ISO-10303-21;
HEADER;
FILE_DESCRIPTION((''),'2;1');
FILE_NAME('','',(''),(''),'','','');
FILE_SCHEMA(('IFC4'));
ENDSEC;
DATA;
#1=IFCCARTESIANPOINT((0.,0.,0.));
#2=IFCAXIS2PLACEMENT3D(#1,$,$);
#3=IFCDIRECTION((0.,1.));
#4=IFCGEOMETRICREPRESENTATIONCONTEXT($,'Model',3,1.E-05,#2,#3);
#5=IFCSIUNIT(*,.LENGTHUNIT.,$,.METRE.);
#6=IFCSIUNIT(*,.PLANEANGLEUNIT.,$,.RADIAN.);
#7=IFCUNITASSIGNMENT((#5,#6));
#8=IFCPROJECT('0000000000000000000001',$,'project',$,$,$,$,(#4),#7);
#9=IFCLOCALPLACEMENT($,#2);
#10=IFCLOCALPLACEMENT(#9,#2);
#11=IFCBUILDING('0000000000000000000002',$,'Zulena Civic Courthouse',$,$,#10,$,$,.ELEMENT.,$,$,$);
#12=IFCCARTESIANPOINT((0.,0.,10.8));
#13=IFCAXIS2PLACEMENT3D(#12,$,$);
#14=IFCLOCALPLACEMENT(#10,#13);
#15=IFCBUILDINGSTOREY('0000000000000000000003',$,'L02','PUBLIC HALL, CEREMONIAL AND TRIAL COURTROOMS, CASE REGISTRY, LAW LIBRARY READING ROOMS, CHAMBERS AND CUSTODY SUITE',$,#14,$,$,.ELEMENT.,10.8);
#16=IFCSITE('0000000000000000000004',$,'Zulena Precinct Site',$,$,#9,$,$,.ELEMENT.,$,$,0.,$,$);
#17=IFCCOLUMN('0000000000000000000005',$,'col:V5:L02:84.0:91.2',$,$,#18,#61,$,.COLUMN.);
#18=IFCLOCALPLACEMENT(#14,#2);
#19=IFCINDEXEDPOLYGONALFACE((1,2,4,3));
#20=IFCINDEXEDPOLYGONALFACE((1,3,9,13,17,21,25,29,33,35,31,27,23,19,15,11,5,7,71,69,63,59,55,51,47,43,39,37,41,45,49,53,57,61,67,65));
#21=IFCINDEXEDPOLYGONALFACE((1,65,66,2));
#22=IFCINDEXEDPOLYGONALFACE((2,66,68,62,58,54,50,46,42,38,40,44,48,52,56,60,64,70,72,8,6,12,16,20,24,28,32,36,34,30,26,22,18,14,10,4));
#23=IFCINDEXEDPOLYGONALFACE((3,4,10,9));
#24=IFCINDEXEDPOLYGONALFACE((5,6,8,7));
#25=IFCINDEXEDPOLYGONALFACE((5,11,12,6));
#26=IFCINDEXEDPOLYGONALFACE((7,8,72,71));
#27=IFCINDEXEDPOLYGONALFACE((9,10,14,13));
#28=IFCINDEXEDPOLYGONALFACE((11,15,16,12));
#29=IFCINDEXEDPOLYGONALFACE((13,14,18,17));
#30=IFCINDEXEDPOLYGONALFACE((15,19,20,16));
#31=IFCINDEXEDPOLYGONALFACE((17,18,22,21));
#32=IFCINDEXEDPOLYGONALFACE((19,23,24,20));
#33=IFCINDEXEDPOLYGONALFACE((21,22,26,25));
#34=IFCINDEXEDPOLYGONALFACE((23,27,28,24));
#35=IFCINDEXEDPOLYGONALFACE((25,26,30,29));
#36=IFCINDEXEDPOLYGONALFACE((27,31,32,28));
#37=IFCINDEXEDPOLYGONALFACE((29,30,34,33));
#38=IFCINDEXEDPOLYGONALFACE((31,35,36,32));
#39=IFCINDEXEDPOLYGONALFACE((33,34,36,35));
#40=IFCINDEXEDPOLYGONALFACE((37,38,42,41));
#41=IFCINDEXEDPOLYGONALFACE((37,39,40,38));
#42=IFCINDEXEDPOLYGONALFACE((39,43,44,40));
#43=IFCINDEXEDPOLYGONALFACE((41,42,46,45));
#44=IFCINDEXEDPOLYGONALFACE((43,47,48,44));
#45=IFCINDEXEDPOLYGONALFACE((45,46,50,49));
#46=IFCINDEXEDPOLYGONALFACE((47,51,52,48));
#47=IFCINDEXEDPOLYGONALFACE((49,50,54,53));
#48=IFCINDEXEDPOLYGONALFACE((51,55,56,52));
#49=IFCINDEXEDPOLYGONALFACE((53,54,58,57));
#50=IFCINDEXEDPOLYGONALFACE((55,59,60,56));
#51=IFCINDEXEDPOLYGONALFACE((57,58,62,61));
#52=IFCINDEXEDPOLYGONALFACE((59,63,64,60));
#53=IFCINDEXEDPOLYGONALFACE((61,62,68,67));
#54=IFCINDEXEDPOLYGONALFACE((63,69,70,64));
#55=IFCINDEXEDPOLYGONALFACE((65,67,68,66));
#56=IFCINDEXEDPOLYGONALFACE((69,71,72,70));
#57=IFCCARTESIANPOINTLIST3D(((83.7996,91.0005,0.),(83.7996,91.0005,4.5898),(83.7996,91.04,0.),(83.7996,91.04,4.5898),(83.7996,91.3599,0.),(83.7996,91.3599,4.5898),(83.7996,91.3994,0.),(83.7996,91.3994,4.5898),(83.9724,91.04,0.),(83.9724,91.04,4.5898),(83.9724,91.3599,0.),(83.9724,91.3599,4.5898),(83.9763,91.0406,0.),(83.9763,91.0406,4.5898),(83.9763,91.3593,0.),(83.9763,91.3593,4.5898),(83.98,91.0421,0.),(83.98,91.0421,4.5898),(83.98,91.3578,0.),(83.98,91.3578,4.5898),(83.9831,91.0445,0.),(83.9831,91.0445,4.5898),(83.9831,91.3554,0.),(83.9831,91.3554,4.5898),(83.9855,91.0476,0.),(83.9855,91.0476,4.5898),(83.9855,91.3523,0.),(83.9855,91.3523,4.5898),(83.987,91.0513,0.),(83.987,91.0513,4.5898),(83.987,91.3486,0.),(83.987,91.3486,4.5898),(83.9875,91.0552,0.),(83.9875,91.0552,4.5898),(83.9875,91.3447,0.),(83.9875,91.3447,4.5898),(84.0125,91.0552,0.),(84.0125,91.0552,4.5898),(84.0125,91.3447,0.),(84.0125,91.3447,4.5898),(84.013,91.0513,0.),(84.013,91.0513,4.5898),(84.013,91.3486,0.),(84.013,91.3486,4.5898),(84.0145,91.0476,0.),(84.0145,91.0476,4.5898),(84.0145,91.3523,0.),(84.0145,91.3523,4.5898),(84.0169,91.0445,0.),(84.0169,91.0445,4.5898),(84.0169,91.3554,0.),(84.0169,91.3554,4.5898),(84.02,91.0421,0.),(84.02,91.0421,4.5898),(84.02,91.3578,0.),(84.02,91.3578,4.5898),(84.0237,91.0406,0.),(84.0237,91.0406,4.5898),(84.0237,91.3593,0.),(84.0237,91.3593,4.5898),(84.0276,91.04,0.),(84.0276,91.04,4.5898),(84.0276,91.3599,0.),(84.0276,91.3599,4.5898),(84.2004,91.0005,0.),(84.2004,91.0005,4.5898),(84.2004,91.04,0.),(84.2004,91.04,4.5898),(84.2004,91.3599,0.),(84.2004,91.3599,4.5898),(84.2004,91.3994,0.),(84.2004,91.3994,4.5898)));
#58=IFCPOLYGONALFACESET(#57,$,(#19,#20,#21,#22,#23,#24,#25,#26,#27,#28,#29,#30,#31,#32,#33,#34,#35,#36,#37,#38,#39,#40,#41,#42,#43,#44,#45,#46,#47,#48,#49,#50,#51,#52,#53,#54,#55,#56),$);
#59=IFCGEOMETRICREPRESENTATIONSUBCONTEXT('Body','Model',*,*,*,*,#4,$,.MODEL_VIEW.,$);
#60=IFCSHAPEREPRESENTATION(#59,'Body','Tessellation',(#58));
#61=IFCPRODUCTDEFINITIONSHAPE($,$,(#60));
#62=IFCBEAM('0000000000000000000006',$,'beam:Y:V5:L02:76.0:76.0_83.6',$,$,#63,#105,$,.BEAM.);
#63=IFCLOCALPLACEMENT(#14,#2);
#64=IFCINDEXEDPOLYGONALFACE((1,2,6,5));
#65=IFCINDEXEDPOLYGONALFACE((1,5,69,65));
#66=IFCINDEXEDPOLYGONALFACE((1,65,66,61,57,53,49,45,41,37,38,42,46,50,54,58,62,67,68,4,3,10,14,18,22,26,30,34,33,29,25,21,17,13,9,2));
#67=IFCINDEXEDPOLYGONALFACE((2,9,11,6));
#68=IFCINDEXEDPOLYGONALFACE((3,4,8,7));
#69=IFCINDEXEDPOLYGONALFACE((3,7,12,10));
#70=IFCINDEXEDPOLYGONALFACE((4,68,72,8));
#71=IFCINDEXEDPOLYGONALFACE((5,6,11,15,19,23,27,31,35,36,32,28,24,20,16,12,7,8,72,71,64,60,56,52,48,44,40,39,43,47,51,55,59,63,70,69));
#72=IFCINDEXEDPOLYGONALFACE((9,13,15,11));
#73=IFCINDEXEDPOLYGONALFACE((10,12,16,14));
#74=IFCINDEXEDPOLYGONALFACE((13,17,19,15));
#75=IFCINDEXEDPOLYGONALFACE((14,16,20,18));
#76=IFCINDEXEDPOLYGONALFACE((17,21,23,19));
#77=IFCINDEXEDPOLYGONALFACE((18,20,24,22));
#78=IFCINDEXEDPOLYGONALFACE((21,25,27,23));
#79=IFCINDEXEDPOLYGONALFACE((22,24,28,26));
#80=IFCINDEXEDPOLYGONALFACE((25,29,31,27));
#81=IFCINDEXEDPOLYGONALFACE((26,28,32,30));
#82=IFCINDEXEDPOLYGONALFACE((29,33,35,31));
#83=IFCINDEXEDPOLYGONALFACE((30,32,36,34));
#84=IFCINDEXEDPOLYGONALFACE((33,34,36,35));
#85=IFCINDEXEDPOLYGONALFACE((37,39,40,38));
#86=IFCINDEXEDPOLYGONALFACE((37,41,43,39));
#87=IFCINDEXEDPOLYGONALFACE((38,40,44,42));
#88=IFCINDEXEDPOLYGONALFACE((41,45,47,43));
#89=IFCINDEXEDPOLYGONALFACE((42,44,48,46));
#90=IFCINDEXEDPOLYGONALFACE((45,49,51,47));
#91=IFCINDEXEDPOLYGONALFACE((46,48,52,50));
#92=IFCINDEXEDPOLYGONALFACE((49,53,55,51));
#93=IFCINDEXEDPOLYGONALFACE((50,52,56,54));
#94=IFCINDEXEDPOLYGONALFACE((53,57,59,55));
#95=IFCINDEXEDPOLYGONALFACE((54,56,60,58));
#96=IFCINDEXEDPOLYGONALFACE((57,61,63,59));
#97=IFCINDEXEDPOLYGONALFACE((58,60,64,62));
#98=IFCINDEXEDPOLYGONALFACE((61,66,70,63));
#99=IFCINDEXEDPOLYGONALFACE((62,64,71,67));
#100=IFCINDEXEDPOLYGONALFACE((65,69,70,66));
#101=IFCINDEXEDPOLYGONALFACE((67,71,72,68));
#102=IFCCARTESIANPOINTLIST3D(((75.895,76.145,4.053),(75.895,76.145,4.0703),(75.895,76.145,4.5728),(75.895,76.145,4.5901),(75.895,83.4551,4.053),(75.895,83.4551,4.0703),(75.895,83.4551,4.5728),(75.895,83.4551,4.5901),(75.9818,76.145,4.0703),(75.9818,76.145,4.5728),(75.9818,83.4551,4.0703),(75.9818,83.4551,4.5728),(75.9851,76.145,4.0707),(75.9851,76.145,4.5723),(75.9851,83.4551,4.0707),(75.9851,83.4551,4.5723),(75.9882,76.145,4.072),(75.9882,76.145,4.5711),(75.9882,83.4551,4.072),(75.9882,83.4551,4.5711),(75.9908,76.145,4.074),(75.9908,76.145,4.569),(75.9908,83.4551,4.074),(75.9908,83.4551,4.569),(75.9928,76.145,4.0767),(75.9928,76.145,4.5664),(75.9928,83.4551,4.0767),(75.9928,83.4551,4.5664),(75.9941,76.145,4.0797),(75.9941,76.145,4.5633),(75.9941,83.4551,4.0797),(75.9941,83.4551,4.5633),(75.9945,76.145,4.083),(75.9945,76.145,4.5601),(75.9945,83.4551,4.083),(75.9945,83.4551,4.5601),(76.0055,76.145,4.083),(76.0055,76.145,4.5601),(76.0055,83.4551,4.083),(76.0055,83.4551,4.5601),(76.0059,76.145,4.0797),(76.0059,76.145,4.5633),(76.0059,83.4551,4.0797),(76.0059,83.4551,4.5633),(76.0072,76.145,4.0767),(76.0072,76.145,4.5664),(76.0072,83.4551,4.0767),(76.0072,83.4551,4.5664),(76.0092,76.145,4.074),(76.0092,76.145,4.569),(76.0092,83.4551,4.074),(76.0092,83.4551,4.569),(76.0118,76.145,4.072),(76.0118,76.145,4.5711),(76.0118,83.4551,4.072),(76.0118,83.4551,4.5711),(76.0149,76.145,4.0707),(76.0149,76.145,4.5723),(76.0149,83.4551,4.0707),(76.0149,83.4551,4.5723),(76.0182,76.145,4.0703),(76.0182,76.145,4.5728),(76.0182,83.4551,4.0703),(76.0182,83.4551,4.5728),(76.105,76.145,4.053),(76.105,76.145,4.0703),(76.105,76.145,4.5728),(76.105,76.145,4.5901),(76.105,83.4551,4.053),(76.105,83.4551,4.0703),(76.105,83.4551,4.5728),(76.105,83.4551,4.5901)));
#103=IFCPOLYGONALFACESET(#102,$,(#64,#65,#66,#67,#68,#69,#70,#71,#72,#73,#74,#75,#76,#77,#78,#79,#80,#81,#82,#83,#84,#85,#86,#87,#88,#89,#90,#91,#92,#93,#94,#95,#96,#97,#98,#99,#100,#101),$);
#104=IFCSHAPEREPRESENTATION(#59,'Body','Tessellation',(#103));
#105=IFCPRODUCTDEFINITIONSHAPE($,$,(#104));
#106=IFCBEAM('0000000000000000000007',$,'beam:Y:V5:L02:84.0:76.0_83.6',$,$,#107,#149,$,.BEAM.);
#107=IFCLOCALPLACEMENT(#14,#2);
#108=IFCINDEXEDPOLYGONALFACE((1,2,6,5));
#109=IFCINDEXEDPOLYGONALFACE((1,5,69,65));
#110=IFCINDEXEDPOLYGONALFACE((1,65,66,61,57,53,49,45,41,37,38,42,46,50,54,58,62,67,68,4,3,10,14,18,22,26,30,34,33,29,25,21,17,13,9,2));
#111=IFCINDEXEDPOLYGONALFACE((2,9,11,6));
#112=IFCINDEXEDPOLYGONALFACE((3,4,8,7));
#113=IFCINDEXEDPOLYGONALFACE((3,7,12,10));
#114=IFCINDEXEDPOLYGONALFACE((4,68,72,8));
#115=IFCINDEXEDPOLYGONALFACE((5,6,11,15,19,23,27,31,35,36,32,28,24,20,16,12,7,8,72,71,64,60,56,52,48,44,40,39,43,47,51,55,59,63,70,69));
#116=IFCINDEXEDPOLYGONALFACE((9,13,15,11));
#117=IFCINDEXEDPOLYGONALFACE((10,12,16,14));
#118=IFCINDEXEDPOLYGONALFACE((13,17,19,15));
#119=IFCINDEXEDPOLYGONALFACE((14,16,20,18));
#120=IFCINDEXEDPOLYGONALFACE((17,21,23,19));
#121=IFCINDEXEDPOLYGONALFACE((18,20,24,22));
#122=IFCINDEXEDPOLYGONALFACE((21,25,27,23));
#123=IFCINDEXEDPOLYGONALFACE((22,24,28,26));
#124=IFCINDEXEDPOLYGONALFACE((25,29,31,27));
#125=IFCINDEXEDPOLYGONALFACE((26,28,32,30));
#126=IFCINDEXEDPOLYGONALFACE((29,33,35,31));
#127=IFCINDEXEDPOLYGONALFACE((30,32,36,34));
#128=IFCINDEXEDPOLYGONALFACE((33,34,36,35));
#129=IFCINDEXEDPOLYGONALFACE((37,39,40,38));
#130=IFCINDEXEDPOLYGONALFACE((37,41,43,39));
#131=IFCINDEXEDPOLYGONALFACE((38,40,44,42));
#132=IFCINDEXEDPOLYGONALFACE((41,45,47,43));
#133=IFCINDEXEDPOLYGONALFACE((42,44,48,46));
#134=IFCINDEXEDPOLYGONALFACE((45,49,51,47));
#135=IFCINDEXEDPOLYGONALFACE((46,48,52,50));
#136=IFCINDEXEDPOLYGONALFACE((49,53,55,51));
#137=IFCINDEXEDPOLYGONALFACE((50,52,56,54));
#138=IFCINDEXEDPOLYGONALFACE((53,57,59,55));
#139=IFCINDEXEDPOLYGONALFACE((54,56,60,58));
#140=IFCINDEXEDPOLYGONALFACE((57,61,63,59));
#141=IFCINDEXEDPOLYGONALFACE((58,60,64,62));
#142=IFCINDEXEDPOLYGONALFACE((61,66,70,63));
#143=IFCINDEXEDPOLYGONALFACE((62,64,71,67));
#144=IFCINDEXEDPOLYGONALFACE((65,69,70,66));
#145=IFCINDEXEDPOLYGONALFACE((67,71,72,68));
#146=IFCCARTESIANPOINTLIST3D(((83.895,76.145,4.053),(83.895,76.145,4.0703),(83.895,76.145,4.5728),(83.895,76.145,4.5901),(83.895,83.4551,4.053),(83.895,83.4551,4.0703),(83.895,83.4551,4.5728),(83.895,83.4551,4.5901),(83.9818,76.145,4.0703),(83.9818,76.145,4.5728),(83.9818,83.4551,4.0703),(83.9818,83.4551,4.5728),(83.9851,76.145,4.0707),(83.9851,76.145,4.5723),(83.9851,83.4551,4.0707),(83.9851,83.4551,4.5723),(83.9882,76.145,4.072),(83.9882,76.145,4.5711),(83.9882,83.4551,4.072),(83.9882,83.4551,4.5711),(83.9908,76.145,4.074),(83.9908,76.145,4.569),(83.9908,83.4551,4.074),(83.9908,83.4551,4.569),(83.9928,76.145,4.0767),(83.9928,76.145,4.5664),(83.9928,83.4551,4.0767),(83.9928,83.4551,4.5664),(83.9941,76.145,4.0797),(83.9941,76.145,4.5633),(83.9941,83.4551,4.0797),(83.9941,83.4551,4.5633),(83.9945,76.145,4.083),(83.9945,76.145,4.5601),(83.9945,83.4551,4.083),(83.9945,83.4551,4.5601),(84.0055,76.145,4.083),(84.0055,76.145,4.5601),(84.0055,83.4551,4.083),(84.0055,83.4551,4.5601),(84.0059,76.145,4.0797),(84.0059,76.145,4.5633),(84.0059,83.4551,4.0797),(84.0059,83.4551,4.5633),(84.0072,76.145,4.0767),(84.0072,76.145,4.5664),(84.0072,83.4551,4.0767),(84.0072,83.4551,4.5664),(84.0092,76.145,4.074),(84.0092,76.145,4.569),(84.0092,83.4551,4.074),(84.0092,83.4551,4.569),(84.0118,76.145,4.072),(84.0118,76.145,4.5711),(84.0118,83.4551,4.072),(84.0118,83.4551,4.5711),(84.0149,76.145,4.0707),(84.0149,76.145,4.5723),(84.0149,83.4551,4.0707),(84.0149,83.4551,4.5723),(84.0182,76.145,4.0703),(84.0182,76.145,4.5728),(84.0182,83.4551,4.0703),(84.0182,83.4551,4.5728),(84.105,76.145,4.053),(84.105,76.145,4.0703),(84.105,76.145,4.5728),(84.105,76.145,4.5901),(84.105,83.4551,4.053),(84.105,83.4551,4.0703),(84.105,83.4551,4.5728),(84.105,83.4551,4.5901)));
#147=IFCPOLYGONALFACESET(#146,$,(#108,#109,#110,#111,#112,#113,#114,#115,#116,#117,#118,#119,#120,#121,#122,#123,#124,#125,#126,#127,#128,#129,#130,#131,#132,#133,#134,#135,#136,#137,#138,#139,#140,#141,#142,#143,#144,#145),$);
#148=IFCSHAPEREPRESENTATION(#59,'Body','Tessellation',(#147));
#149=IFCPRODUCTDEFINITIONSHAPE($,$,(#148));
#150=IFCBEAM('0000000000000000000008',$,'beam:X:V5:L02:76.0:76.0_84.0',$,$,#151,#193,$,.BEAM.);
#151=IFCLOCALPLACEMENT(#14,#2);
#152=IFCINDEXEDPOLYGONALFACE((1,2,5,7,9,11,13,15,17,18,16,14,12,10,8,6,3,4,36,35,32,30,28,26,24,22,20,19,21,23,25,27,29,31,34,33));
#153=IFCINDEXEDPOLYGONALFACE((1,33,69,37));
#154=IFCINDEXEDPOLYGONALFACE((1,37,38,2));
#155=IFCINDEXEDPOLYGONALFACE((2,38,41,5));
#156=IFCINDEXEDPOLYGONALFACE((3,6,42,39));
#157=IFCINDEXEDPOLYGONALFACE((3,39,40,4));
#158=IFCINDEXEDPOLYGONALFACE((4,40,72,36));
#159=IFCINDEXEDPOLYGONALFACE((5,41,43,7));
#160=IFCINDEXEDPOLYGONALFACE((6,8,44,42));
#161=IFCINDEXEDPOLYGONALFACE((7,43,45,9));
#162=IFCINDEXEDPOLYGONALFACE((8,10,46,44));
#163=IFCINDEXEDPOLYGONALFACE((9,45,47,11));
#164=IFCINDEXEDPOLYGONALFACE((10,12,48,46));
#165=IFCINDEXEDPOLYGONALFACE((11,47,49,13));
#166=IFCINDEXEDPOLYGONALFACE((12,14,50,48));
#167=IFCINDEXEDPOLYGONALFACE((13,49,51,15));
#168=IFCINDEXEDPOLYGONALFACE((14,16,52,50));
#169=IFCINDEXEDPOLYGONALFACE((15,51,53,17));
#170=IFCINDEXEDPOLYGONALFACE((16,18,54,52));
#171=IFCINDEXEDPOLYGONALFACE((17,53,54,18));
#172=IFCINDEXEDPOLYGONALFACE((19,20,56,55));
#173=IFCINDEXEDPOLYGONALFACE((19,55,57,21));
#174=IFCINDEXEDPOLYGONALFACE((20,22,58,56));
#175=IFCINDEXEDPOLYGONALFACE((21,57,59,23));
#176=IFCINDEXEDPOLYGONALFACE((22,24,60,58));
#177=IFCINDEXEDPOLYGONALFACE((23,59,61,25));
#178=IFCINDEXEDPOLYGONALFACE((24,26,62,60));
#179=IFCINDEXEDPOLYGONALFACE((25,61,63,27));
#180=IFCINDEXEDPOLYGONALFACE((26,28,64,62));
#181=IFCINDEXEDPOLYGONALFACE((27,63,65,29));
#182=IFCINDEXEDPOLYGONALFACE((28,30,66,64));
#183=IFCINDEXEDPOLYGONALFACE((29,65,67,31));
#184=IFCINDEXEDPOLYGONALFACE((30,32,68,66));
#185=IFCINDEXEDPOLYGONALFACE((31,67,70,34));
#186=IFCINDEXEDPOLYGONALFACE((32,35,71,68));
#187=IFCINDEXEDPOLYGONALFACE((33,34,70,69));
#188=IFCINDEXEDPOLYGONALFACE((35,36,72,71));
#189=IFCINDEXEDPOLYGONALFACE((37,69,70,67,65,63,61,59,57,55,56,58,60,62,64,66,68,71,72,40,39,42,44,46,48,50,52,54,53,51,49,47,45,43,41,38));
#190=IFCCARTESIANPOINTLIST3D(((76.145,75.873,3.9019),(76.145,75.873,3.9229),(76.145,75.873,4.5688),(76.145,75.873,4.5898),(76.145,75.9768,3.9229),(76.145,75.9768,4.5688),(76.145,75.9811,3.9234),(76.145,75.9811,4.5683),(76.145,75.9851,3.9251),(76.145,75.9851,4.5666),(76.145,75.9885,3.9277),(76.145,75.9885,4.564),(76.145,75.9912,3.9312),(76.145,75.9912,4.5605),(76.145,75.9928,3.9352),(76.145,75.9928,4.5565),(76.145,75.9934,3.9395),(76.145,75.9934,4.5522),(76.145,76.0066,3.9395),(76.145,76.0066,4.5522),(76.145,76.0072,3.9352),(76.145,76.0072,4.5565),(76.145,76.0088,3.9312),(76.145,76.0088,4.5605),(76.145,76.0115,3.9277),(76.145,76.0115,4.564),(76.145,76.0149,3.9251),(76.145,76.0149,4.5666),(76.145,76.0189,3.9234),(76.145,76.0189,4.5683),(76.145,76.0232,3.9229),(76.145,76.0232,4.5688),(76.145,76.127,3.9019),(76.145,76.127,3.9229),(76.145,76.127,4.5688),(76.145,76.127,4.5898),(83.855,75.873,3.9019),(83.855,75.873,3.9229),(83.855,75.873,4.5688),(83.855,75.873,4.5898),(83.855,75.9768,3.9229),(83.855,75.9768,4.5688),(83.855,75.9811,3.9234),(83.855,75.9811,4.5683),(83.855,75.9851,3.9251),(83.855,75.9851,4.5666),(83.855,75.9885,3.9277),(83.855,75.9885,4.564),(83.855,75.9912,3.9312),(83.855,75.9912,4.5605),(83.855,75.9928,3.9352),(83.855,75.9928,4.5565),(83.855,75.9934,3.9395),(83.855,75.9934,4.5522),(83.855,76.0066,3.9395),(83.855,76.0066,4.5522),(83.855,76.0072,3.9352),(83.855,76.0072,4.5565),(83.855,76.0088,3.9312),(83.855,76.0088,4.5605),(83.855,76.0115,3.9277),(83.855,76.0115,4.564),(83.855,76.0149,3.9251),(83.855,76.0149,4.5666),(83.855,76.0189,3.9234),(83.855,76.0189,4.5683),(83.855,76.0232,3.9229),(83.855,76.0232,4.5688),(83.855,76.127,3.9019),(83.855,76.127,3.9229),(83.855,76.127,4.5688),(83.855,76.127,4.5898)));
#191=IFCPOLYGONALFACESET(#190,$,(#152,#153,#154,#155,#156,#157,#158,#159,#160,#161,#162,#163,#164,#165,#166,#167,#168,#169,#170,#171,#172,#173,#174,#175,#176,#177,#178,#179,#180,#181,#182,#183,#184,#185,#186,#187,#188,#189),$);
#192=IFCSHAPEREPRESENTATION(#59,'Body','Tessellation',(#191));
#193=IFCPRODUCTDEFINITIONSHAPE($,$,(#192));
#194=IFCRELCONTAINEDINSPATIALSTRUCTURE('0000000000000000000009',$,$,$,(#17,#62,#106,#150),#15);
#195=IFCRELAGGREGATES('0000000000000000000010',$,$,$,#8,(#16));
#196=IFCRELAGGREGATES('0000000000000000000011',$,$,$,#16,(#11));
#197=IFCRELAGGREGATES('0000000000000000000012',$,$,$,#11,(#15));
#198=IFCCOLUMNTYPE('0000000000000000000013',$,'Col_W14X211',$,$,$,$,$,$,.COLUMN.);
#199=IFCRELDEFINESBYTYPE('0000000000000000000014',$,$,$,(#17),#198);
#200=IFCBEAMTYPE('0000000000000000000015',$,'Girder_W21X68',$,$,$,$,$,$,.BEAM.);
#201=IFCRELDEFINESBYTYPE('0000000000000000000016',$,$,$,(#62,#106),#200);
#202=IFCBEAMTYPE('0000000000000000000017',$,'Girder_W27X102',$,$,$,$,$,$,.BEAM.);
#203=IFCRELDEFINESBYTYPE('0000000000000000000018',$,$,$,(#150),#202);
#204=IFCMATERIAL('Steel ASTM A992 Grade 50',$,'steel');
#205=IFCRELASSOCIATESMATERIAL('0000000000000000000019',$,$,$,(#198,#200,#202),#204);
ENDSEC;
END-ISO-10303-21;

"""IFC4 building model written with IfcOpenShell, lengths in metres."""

from ifc_helpers import new_model, si_unit, direction, frame, origin, origin_2d, place, context, subcontext, project, spatial, i_section, extrude, material, material_profile, profile_set, type_object, element, save


model = new_model("IFC4")

# Units and contexts
model_context = context("Model", 3, precision=1e-05, world=origin(), true_north=direction((0.0, 1.0)))
body_context = subcontext(model_context, "Body", "Model", "MODEL_VIEW")
ifc_project = project(units=[si_unit("LENGTHUNIT", "METRE"), si_unit("PLANEANGLEUNIT", "RADIAN")], contexts=[model_context])

# Site, building, storey
site_placement = place(None, origin())
site = spatial("IfcSite", under=ifc_project, at=site_placement, Name="Zulena Precinct Site", CompositionType="ELEMENT", RefElevation=0.0)
building_placement = place(site_placement, origin())
building = spatial("IfcBuilding", under=site, at=building_placement, Name="Zulena Civic Courthouse", CompositionType="ELEMENT")
storey_placement = place(building_placement, frame((0.0, 0.0, 10.8)))
storey = spatial("IfcBuildingStorey", under=building, at=storey_placement, Name="L02", Description="PUBLIC HALL, CEREMONIAL AND TRIAL COURTROOMS, CASE REGISTRY, LAW LIBRARY READING ROOMS, CHAMBERS AND CUSTODY SUITE", CompositionType="ELEMENT", Elevation=10.8)

# Column
ifc_material_1 = material(Name="Steel ASTM A992 Grade 50", Category="steel")
ifc_material_profile_1 = material_profile(ifc_material_1, i_section(OverallWidth=0.4009, OverallDepth=0.3989, WebThickness=0.0249, FlangeThickness=0.0396, FilletRadius=0.0151, at=origin_2d()), Name="W14X211")
ifc_profile_set_1 = profile_set([ifc_material_profile_1], Name="Steel ASTM A992 Grade 50")
column_type_1 = type_object("IfcColumnType", Name="Col_W14X211", PredefinedType="COLUMN", material=ifc_profile_set_1)
column_placement = place(storey_placement, frame((84.0, 91.2, 0.0), z_axis=(0.0, 0.0, 1.0), x_axis=(1.0, 0.0, 0.0)))
element("IfcColumn", 1, at=column_placement, inside=storey, type_object=column_type_1, Name="col:V5:L02:84.0:91.2", PredefinedType="COLUMN", context=body_context, shape_type="SweptSolid", body=[
    extrude(i_section(OverallWidth=0.4009, OverallDepth=0.3989, WebThickness=0.0249, FlangeThickness=0.0396, FilletRadius=0.0151, at=origin_2d()), origin(), (0.0, 0.0, 1.0), 4.5898),
])

# Beams
ifc_material_profile_2 = material_profile(ifc_material_1, i_section(OverallWidth=0.21, OverallDepth=0.5371, WebThickness=0.011, FlangeThickness=0.0173, FilletRadius=0.0127, at=origin_2d()), Name="W21X68")
ifc_profile_set_2 = profile_set([ifc_material_profile_2], Name="Steel ASTM A992 Grade 50")
beam_type_1 = type_object("IfcBeamType", Name="Girder_W21X68", PredefinedType="BEAM", material=ifc_profile_set_2)
for number, where, z_axis, x_axis, name in (
    (2, (76.0, 76.145, 4.3215), (0.0, 1.0, 0.0), (-1.0, 0.0, 0.0), "beam:Y:V5:L02:76.0:76.0_83.6"),
    (3, (84.0, 76.145, 4.3215), (0.0, 1.0, 0.0), (-1.0, 0.0, 0.0), "beam:Y:V5:L02:84.0:76.0_83.6"),
):
    element("IfcBeam", number, at=place(storey_placement, frame(where, z_axis=z_axis, x_axis=x_axis)), inside=storey, type_object=beam_type_1, Name=name, PredefinedType="BEAM", context=body_context, shape_type="SweptSolid", body=[
        extrude(i_section(OverallWidth=0.21, OverallDepth=0.5371, WebThickness=0.011, FlangeThickness=0.0173, FilletRadius=0.0127, at=origin_2d()), origin(), (0.0, 0.0, 1.0), 7.3101),
    ])
ifc_material_profile_3 = material_profile(ifc_material_1, i_section(OverallWidth=0.2539, OverallDepth=0.688, WebThickness=0.0132, FlangeThickness=0.021, FilletRadius=0.0166, at=origin_2d()), Name="W27X102")
ifc_profile_set_3 = profile_set([ifc_material_profile_3], Name="Steel ASTM A992 Grade 50")
beam_type_2 = type_object("IfcBeamType", Name="Girder_W27X102", PredefinedType="BEAM", material=ifc_profile_set_3)
for number, where, z_axis, x_axis, name in (
    (4, (76.145, 76.0, 4.2458), (1.0, 0.0, 0.0), (0.0, 1.0, 0.0), "beam:X:V5:L02:76.0:76.0_84.0"),
):
    element("IfcBeam", number, at=place(storey_placement, frame(where, z_axis=z_axis, x_axis=x_axis)), inside=storey, type_object=beam_type_2, Name=name, PredefinedType="BEAM", context=body_context, shape_type="SweptSolid", body=[
        extrude(i_section(OverallWidth=0.2539, OverallDepth=0.688, WebThickness=0.0132, FlangeThickness=0.021, FilletRadius=0.0166, at=origin_2d()), origin(), (0.0, 0.0, 1.0), 7.71),
    ])

save(model, "model.ifc")
